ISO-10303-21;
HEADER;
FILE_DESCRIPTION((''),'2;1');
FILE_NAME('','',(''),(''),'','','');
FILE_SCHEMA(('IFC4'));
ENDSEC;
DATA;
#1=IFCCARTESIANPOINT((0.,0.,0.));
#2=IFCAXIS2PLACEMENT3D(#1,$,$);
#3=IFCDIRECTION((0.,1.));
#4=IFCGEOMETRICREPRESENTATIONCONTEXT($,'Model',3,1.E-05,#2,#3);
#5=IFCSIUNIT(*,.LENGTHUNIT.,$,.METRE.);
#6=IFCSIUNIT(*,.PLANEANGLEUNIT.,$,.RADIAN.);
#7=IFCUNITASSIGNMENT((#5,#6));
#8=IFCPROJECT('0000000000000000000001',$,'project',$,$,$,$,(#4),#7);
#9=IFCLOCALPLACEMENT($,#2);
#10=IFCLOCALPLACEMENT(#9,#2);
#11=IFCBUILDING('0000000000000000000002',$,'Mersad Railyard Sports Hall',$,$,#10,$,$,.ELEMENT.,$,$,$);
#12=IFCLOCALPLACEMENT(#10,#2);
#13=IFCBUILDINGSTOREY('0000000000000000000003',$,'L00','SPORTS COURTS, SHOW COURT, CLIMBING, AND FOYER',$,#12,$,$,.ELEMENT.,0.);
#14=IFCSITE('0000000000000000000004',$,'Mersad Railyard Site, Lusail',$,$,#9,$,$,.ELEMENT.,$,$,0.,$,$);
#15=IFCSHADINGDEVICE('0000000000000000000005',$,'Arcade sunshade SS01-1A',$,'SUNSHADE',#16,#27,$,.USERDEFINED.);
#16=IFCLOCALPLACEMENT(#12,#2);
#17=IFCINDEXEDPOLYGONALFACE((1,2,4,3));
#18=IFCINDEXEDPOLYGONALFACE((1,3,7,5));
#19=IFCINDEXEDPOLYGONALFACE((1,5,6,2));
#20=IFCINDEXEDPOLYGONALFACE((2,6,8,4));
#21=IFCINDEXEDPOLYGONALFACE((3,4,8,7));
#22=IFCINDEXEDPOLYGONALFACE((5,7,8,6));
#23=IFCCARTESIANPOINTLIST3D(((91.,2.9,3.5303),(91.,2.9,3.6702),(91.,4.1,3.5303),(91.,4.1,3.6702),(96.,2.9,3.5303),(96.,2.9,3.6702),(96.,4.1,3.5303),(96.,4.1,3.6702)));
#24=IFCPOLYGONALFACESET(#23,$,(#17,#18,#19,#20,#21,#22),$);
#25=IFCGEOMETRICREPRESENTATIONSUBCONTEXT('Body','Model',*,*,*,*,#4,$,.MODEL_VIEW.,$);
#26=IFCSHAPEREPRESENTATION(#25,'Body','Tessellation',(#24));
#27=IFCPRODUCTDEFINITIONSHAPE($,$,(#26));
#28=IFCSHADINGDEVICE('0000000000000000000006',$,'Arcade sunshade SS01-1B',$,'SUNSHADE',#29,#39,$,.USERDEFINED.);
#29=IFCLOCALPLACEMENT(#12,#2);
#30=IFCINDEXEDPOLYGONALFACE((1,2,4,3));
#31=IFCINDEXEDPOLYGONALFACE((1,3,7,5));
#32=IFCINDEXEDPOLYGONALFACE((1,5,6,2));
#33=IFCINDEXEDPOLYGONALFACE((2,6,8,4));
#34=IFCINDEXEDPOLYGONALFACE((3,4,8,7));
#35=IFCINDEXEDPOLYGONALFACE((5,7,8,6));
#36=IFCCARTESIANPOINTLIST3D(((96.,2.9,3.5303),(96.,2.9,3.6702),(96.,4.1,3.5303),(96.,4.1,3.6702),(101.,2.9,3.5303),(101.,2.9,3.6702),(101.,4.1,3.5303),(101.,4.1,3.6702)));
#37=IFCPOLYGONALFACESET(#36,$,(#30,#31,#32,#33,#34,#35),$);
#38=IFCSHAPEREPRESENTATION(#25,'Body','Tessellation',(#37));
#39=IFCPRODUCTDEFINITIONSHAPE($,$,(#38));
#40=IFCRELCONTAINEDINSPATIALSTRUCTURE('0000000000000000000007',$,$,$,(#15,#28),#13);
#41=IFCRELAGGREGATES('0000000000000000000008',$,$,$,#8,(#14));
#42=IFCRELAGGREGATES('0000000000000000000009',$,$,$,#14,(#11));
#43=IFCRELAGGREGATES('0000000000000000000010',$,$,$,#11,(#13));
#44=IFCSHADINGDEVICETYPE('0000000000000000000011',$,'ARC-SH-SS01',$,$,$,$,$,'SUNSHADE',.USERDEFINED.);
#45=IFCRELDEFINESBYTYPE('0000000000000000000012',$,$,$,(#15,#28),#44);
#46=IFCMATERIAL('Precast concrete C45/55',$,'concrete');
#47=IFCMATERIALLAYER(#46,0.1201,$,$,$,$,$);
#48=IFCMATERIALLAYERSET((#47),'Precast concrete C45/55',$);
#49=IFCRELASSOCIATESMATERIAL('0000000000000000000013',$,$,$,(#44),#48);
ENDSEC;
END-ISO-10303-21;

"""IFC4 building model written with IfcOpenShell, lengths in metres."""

from ifc_helpers import new_model, si_unit, direction, frame, origin, origin_2d, place, context, subcontext, project, spatial, rectangle, extrude, material, layer, layer_set, type_object, element, save


model = new_model("IFC4")

# Units and contexts
model_context = context("Model", 3, precision=1e-05, world=origin(), true_north=direction((0.0, 1.0)))
body_context = subcontext(model_context, "Body", "Model", "MODEL_VIEW")
ifc_project = project(units=[si_unit("LENGTHUNIT", "METRE"), si_unit("PLANEANGLEUNIT", "RADIAN")], contexts=[model_context])

# Site, building, storey
site_placement = place(None, origin())
site = spatial("IfcSite", under=ifc_project, at=site_placement, Name="Mersad Railyard Site, Lusail", CompositionType="ELEMENT", RefElevation=0.0)
building_placement = place(site_placement, origin())
building = spatial("IfcBuilding", under=site, at=building_placement, Name="Mersad Railyard Sports Hall", CompositionType="ELEMENT")
storey_placement = place(building_placement, origin())
storey = spatial("IfcBuildingStorey", under=building, at=storey_placement, Name="L00", Description="SPORTS COURTS, SHOW COURT, CLIMBING, AND FOYER", CompositionType="ELEMENT", Elevation=0.0)

# Shared definitions
ifc_material_1 = material(Name="Precast concrete C45/55", Category="concrete")

# Shading devices
ifc_layer_1 = layer(ifc_material_1, 0.1201)
ifc_layer_set_1 = layer_set([ifc_layer_1], Name="Precast concrete C45/55")
shading_device_type = type_object("IfcShadingDeviceType", Name="ARC-SH-SS01", ElementType="SUNSHADE", PredefinedType="USERDEFINED", material=ifc_layer_set_1)
for number, where, z_axis, x_axis, name in (
    (1, (93.5, 3.5, 3.5303), (0.0, 0.0, 1.0), (1.0, 0.0, 0.0), "Arcade sunshade SS01-1A"),
    (2, (98.5, 3.5, 3.5303), (0.0, 0.0, 1.0), (1.0, 0.0, 0.0), "Arcade sunshade SS01-1B"),
):
    element("IfcShadingDevice", number, at=place(storey_placement, frame(where, z_axis=z_axis, x_axis=x_axis)), inside=storey, type_object=shading_device_type, Name=name, ObjectType="SUNSHADE", PredefinedType="USERDEFINED", context=body_context, shape_type="SweptSolid", body=[
        extrude(rectangle(XDim=5.0, YDim=1.2, at=origin_2d()), origin(), (0.0, 0.0, 1.0), 0.1399),
    ])

save(model, "model.ifc")
